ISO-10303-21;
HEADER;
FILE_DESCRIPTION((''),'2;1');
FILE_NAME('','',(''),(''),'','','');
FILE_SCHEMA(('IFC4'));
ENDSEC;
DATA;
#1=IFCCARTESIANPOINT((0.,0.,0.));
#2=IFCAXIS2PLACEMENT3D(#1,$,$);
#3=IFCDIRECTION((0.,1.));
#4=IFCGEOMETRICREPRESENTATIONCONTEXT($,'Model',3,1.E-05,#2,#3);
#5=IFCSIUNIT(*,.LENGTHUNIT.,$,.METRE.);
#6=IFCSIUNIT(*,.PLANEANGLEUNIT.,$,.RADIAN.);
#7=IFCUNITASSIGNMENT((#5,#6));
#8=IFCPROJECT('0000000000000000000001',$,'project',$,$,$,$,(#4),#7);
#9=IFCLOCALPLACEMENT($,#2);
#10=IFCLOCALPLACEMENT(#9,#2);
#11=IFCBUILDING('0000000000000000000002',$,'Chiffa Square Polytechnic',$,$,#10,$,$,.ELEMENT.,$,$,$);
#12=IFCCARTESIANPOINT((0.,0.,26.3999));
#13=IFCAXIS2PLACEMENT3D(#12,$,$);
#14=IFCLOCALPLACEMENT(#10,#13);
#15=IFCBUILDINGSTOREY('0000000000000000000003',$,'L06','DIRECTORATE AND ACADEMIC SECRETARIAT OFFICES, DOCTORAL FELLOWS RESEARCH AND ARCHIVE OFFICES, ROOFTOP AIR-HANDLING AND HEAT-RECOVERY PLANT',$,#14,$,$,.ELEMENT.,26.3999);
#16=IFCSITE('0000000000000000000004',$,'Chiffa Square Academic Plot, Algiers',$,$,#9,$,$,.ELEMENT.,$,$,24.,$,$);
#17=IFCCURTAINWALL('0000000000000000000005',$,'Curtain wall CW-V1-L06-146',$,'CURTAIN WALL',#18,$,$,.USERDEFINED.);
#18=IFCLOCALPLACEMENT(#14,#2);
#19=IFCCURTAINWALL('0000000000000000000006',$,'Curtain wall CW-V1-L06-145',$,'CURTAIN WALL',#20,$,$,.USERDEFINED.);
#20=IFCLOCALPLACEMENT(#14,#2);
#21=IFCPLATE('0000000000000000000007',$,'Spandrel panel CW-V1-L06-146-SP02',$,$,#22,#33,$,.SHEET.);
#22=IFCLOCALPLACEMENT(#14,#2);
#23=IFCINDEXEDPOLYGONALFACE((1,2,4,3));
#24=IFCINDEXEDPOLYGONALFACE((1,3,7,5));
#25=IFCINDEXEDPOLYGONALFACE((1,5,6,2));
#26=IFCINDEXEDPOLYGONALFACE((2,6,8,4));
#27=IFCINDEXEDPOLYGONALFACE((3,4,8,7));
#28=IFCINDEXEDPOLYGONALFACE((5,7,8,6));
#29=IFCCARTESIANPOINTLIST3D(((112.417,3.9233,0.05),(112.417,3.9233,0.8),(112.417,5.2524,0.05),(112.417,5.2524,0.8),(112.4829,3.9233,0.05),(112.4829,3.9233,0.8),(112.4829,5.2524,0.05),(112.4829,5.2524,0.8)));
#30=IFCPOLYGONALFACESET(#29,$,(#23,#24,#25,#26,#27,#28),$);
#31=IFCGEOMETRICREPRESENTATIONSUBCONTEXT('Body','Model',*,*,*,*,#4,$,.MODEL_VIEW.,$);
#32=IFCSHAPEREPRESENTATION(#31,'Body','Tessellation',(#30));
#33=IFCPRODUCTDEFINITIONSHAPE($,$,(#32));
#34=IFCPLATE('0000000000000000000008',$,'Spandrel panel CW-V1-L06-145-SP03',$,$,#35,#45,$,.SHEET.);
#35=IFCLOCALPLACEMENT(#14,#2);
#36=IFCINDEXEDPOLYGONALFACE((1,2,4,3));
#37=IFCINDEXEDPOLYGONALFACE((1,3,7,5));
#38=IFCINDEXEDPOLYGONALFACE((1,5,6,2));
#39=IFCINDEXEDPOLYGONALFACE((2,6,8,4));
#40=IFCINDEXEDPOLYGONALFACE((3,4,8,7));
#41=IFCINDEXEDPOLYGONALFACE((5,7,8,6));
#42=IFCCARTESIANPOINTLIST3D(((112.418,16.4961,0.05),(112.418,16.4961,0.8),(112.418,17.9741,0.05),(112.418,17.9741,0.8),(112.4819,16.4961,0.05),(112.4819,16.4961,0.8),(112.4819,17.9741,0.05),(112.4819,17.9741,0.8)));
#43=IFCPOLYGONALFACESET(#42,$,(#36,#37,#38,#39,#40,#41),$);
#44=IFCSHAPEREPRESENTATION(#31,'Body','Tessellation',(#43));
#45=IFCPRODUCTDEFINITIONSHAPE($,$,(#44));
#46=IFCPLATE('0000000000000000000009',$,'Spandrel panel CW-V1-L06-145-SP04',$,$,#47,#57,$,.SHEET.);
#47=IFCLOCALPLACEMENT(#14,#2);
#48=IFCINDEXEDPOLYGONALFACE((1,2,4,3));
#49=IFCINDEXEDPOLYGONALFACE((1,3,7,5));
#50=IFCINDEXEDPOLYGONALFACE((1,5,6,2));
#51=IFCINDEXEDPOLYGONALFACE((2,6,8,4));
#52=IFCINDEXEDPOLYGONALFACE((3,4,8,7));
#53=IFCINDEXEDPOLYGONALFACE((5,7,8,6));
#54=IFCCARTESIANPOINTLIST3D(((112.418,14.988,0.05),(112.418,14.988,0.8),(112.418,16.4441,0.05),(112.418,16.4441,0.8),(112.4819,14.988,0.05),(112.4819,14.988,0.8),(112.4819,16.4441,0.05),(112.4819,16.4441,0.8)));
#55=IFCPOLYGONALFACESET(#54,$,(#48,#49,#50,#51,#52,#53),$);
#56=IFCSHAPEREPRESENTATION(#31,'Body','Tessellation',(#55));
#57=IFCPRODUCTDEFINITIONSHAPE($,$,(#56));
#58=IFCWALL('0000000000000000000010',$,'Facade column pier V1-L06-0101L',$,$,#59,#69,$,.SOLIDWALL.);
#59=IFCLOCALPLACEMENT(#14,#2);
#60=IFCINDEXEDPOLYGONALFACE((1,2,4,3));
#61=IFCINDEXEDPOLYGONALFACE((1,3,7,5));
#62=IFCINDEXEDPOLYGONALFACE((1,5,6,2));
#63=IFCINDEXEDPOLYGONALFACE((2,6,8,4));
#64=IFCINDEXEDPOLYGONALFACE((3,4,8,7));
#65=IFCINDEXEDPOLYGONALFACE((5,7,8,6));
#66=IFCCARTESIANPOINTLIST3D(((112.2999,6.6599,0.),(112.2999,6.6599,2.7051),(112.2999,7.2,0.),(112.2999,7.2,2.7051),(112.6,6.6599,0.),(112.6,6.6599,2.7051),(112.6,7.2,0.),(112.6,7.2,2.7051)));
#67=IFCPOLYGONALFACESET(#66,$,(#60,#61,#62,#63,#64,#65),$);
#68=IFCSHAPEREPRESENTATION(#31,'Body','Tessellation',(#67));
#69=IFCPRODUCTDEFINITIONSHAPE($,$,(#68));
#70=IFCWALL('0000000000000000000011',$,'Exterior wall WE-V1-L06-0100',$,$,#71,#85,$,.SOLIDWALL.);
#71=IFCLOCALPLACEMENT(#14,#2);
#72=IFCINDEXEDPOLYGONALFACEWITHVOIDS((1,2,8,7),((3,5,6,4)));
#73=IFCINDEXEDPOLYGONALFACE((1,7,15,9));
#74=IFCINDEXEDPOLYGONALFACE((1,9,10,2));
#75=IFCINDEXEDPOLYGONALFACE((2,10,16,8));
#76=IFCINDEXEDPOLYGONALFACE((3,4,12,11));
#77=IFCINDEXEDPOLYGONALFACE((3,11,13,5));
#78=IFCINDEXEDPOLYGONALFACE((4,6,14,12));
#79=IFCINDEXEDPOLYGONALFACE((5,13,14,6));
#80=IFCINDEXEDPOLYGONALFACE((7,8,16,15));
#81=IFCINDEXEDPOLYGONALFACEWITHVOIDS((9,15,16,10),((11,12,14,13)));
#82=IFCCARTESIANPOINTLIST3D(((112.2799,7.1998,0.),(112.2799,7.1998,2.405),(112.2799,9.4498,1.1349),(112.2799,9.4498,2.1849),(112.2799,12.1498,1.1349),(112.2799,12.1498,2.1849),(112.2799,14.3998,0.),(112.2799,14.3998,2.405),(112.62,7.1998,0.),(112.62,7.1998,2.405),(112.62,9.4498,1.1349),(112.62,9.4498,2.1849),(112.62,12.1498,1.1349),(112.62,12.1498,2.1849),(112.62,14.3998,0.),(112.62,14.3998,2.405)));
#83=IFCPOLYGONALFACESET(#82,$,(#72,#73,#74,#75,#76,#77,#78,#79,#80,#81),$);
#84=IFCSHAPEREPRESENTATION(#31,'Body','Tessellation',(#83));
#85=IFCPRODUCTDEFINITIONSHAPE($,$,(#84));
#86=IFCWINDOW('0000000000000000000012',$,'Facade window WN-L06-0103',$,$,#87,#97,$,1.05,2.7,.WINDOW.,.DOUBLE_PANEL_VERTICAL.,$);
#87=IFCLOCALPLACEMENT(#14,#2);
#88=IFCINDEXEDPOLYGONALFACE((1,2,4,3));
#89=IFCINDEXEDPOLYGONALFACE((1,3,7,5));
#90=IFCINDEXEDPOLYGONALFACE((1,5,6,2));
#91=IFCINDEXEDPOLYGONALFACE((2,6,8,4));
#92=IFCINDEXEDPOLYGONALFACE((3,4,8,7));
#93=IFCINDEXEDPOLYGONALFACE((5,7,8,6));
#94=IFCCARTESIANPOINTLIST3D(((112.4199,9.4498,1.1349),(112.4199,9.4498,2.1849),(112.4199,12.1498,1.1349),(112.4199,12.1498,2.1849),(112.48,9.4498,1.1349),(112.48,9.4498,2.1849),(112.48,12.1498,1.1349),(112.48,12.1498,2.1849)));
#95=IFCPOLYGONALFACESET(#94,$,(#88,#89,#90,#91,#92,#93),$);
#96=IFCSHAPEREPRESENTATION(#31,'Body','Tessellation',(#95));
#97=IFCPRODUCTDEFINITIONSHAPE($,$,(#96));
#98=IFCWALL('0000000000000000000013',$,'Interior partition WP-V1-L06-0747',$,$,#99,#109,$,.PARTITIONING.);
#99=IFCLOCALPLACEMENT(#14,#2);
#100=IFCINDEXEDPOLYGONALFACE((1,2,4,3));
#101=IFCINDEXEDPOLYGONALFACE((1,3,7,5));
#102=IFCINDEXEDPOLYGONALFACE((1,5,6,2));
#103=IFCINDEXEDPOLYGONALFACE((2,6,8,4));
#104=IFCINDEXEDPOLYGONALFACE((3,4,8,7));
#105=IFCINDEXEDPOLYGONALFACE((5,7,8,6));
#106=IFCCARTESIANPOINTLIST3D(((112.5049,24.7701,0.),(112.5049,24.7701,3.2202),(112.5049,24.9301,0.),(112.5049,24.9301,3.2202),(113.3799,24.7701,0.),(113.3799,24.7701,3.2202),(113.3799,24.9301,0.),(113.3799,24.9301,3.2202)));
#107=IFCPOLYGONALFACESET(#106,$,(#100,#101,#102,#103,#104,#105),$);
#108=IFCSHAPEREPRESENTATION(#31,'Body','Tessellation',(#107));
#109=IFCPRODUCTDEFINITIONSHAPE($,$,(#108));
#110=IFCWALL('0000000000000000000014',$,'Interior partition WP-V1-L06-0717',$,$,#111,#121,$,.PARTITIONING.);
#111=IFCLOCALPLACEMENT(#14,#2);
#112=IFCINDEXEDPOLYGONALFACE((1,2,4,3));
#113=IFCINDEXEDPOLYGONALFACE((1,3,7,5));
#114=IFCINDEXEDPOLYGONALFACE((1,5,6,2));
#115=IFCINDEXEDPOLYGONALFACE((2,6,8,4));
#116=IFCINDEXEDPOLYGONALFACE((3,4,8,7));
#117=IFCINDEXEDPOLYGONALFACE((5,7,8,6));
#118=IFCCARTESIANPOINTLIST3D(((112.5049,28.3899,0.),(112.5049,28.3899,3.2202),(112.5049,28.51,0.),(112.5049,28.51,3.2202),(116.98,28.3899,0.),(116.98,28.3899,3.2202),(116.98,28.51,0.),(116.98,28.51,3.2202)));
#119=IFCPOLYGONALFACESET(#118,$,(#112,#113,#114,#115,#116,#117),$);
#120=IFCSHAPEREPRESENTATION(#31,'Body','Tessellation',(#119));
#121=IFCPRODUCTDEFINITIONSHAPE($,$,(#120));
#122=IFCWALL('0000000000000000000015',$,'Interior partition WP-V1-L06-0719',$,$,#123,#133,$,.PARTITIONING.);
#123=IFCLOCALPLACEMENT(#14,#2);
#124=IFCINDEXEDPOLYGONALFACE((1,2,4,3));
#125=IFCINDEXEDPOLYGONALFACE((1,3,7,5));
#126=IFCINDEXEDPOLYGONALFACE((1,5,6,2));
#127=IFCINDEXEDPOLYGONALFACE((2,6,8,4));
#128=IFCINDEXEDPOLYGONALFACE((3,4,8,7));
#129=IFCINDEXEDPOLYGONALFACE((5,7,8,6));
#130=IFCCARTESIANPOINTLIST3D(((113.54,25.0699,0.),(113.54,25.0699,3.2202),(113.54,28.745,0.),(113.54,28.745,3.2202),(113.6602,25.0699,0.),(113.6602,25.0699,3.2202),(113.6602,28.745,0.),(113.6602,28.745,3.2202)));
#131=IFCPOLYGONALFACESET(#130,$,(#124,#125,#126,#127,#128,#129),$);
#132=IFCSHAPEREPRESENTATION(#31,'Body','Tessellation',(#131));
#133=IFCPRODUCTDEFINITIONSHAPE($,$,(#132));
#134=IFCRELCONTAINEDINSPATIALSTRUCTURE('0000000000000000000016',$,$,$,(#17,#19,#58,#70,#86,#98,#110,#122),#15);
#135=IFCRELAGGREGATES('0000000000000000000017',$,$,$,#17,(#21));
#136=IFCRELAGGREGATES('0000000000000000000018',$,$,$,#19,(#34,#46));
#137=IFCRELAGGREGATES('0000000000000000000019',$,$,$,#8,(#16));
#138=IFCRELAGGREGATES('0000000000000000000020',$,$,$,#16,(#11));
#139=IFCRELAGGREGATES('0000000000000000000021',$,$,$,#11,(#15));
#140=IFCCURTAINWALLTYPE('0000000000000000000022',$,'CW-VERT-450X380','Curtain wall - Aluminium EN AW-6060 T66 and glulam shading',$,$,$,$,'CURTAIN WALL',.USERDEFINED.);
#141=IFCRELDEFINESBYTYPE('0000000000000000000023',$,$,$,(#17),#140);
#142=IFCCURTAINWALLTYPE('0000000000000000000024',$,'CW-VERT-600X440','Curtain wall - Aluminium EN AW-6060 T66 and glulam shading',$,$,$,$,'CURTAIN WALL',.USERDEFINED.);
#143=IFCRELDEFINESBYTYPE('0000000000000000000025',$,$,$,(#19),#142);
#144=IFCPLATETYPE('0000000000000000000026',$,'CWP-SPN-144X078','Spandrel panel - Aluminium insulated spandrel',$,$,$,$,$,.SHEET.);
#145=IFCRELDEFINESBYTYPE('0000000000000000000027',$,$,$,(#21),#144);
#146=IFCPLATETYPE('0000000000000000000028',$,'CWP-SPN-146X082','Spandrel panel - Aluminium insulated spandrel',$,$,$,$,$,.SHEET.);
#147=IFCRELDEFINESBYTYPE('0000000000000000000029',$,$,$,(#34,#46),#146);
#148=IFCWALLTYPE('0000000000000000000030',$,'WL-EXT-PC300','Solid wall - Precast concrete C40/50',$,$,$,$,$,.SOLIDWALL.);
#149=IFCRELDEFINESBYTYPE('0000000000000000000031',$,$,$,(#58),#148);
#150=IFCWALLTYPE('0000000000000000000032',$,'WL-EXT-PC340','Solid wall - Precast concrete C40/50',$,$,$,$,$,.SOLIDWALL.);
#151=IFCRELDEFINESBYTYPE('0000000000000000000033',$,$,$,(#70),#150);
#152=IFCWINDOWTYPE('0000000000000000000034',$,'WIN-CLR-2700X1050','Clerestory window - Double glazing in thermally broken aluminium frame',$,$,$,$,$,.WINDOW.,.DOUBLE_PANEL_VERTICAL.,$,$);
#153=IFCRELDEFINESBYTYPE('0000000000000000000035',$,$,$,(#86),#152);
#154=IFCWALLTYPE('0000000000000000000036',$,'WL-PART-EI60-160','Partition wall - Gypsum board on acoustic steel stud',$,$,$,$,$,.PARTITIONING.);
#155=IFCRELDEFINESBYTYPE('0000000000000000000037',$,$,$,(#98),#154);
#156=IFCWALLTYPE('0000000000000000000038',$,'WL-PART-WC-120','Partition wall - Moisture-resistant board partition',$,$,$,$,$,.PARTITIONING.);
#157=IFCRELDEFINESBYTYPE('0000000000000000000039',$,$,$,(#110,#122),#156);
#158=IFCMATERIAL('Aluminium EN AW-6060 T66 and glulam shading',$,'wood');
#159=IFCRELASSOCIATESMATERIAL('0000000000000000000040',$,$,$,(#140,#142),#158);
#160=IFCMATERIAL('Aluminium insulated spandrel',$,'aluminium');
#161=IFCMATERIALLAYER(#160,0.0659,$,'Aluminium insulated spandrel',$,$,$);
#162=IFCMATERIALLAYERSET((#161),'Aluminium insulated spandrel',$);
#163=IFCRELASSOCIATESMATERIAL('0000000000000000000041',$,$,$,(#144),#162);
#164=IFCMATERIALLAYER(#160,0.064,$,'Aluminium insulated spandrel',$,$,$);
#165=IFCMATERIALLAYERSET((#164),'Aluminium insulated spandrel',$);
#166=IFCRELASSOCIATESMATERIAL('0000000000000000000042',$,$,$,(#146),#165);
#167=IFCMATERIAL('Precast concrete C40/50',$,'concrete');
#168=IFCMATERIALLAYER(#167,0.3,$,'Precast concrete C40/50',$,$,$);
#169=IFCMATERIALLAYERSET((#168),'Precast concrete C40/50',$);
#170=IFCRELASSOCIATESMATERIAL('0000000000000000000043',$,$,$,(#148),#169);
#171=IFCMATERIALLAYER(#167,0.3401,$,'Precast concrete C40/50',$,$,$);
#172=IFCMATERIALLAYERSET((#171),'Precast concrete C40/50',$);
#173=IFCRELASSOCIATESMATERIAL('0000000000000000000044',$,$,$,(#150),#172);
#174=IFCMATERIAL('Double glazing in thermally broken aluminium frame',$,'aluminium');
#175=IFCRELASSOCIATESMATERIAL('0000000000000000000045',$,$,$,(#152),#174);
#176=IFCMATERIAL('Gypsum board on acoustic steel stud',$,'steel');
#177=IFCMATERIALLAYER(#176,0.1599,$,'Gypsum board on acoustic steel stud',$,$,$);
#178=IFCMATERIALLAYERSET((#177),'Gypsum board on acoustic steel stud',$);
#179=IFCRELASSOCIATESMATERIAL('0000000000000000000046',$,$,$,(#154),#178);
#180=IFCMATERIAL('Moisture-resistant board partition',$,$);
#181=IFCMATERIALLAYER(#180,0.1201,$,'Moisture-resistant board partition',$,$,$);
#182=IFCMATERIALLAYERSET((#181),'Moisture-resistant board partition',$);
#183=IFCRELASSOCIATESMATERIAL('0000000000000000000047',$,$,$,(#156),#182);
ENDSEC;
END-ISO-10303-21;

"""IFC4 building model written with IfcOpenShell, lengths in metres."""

from ifc_helpers import new_model, si_unit, direction, frame, frame_2d, origin, origin_2d, place, context, subcontext, project, spatial, rectangle, extrude, material, layer, layer_set, type_object, element, fill, aggregate, save


model = new_model("IFC4")

# Units and contexts
model_context = context("Model", 3, precision=1e-05, world=origin(), true_north=direction((0.0, 1.0)))
body_context = subcontext(model_context, "Body", "Model", "MODEL_VIEW")
ifc_project = project(units=[si_unit("LENGTHUNIT", "METRE"), si_unit("PLANEANGLEUNIT", "RADIAN")], contexts=[model_context])

# Site, building, storey
site_placement = place(None, origin())
site = spatial("IfcSite", under=ifc_project, at=site_placement, Name="Chiffa Square Academic Plot, Algiers", CompositionType="ELEMENT", RefElevation=24.0)
building_placement = place(site_placement, origin())
building = spatial("IfcBuilding", under=site, at=building_placement, Name="Chiffa Square Polytechnic", CompositionType="ELEMENT")
storey_placement = place(building_placement, frame((0.0, 0.0, 26.3999)))
storey = spatial("IfcBuildingStorey", under=building, at=storey_placement, Name="L06", Description="DIRECTORATE AND ACADEMIC SECRETARIAT OFFICES, DOCTORAL FELLOWS RESEARCH AND ARCHIVE OFFICES, ROOFTOP AIR-HANDLING AND HEAT-RECOVERY PLANT", CompositionType="ELEMENT", Elevation=26.3999)

# Curtain wall
ifc_material_1 = material(Name="Aluminium EN AW-6060 T66 and glulam shading", Category="wood")
curtain_wall_type_1 = type_object("IfcCurtainWallType", Name="CW-VERT-450X380", Description="Curtain wall - Aluminium EN AW-6060 T66 and glulam shading", ElementType="CURTAIN WALL", PredefinedType="USERDEFINED", material=ifc_material_1)
curtain_wall_1_placement = place(storey_placement, origin())
curtain_wall_1 = element("IfcCurtainWall", 1, at=curtain_wall_1_placement, inside=storey, type_object=curtain_wall_type_1, Name="Curtain wall CW-V1-L06-146", ObjectType="CURTAIN WALL", PredefinedType="USERDEFINED")

# Curtain wall
curtain_wall_type_2 = type_object("IfcCurtainWallType", Name="CW-VERT-600X440", Description="Curtain wall - Aluminium EN AW-6060 T66 and glulam shading", ElementType="CURTAIN WALL", PredefinedType="USERDEFINED", material=ifc_material_1)
curtain_wall_2_placement = place(storey_placement, origin())
curtain_wall_2 = element("IfcCurtainWall", 2, at=curtain_wall_2_placement, inside=storey, type_object=curtain_wall_type_2, Name="Curtain wall CW-V1-L06-145", ObjectType="CURTAIN WALL", PredefinedType="USERDEFINED")

# Plates
ifc_material_2 = material(Name="Aluminium insulated spandrel", Category="aluminium")
ifc_layer_1 = layer(ifc_material_2, 0.0659, Name="Aluminium insulated spandrel")
ifc_layer_set_1 = layer_set([ifc_layer_1], Name="Aluminium insulated spandrel")
plate_type_1 = type_object("IfcPlateType", Name="CWP-SPN-144X078", Description="Spandrel panel - Aluminium insulated spandrel", PredefinedType="SHEET", material=ifc_layer_set_1)
plate_1_placement = place(storey_placement, frame((112.45, 4.5879, 0.05), z_axis=(0.0, 0.0, 1.0), x_axis=(0.0, -1.0, 0.0)))
plate_1 = element("IfcPlate", 3, at=plate_1_placement, type_object=plate_type_1, Name="Spandrel panel CW-V1-L06-146-SP02", PredefinedType="SHEET", context=body_context, shape_type="SweptSolid", body=[
    extrude(rectangle(XDim=1.3291, YDim=0.0659, at=origin_2d()), origin(), (0.0, 0.0, 1.0), 0.75),
])
aggregate(curtain_wall_1, [plate_1])
ifc_layer_2 = layer(ifc_material_2, 0.064, Name="Aluminium insulated spandrel")
ifc_layer_set_2 = layer_set([ifc_layer_2], Name="Aluminium insulated spandrel")
plate_type_2 = type_object("IfcPlateType", Name="CWP-SPN-146X082", Description="Spandrel panel - Aluminium insulated spandrel", PredefinedType="SHEET", material=ifc_layer_set_2)
plate_2_placement = place(storey_placement, frame((112.45, 17.2351, 0.05), z_axis=(0.0, 0.0, 1.0), x_axis=(0.0, -1.0, 0.0)))
plate_2 = element("IfcPlate", 4, at=plate_2_placement, type_object=plate_type_2, Name="Spandrel panel CW-V1-L06-145-SP03", PredefinedType="SHEET", context=body_context, shape_type="SweptSolid", body=[
    extrude(rectangle(XDim=1.478, YDim=0.064, at=origin_2d()), origin(), (0.0, 0.0, 1.0), 0.75),
])
plate_3_placement = place(storey_placement, frame((112.45, 15.7161, 0.05), z_axis=(0.0, 0.0, 1.0), x_axis=(0.0, -1.0, 0.0)))
plate_3 = element("IfcPlate", 5, at=plate_3_placement, type_object=plate_type_2, Name="Spandrel panel CW-V1-L06-145-SP04", PredefinedType="SHEET", context=body_context, shape_type="SweptSolid", body=[
    extrude(rectangle(XDim=1.4561, YDim=0.064, at=origin_2d()), origin(), (0.0, 0.0, 1.0), 0.75),
])
aggregate(curtain_wall_2, [plate_2, plate_3])

# Wall
ifc_material_3 = material(Name="Precast concrete C40/50", Category="concrete")
ifc_layer_3 = layer(ifc_material_3, 0.3, Name="Precast concrete C40/50")
ifc_layer_set_3 = layer_set([ifc_layer_3], Name="Precast concrete C40/50")
wall_type_1 = type_object("IfcWallType", Name="WL-EXT-PC300", Description="Solid wall - Precast concrete C40/50", PredefinedType="SOLIDWALL", material=ifc_layer_set_3)
wall_1_placement = place(storey_placement, frame((112.45, 7.2, 0.0), z_axis=(0.0, 0.0, 1.0), x_axis=(0.0, -1.0, 0.0)))
element("IfcWall", 6, at=wall_1_placement, inside=storey, type_object=wall_type_1, Name="Facade column pier V1-L06-0101L", PredefinedType="SOLIDWALL", context=body_context, shape_type="SweptSolid", body=[
    extrude(rectangle(XDim=0.54, YDim=0.3, at=frame_2d((0.27, 0.0))), origin(), (0.0, 0.0, 1.0), 2.7051),
])

# Wall, opening, window
ifc_layer_4 = layer(ifc_material_3, 0.3401, Name="Precast concrete C40/50")
ifc_layer_set_4 = layer_set([ifc_layer_4], Name="Precast concrete C40/50")
wall_type_2 = type_object("IfcWallType", Name="WL-EXT-PC340", Description="Solid wall - Precast concrete C40/50", PredefinedType="SOLIDWALL", material=ifc_layer_set_4)
wall_2_placement = place(storey_placement, frame((112.45, 14.3999, 0.0), z_axis=(0.0, 0.0, 1.0), x_axis=(0.0, -1.0, 0.0)))
wall_2 = element("IfcWall", 7, at=wall_2_placement, inside=storey, type_object=wall_type_2, Name="Exterior wall WE-V1-L06-0100", PredefinedType="SOLIDWALL", context=body_context, shape_type="SweptSolid", body=[
    extrude(rectangle(XDim=7.2, YDim=0.3401, at=frame_2d((3.6001, 0.0))), origin(), (0.0, 0.0, 1.0), 2.405),
])
opening_1_placement = place(wall_2_placement, frame((2.25, 0.0, 1.135)))
opening_1 = element("IfcOpeningElement", 8, at=opening_1_placement, cuts=wall_2, PredefinedType="OPENING", context=body_context, shape_type="SweptSolid", body=[
    extrude(rectangle(XDim=2.7, YDim=1.05, at=frame_2d((1.3501, 0.5249))), frame((0.0, 0.1802, 0.0), z_axis=(0.0, -1.0, 0.0), x_axis=(1.0, 0.0, 0.0)), (0.0, 0.0, 1.0), 0.3601),
])
ifc_material_4 = material(Name="Double glazing in thermally broken aluminium frame", Category="aluminium")
window_type = type_object("IfcWindowType", Name="WIN-CLR-2700X1050", Description="Clerestory window - Double glazing in thermally broken aluminium frame", PartitioningType="DOUBLE_PANEL_VERTICAL", PredefinedType="WINDOW", material=ifc_material_4)
window_placement = place(opening_1_placement, origin())
window = element("IfcWindow", 9, at=window_placement, inside=storey, type_object=window_type, Name="Facade window WN-L06-0103", OverallHeight=1.05, OverallWidth=2.7, PartitioningType="DOUBLE_PANEL_VERTICAL", PredefinedType="WINDOW", context=body_context, shape_type="SweptSolid", body=[
    extrude(rectangle(XDim=2.7, YDim=1.05, at=frame_2d((1.3501, 0.5249))), frame((0.0, 0.03, 0.0), z_axis=(0.0, -1.0, 0.0), x_axis=(1.0, 0.0, 0.0)), (0.0, 0.0, 1.0), 0.0601),
])
fill(opening_1, window)

# Shared definitions
ifc_material_5 = material(Name="Gypsum board on acoustic steel stud", Category="steel")
ifc_layer_5 = layer(ifc_material_5, 0.1599, Name="Gypsum board on acoustic steel stud")
ifc_layer_set_5 = layer_set([ifc_layer_5], Name="Gypsum board on acoustic steel stud")
wall_type_3 = type_object("IfcWallType", Name="WL-PART-EI60-160", Description="Partition wall - Gypsum board on acoustic steel stud", PredefinedType="PARTITIONING", material=ifc_layer_set_5)

# Walls
wall_3_placement = place(storey_placement, frame((112.5049, 24.8501, 0.0), z_axis=(0.0, 0.0, 1.0), x_axis=(1.0, 0.0, 0.0)))
element("IfcWall", 10, at=wall_3_placement, inside=storey, type_object=wall_type_3, Name="Interior partition WP-V1-L06-0747", PredefinedType="PARTITIONING", context=body_context, shape_type="SweptSolid", body=[
    extrude(rectangle(XDim=0.875, YDim=0.1599, at=frame_2d((0.4375, 0.0))), origin(), (0.0, 0.0, 1.0), 3.2202),
])
ifc_material_6 = material(Name="Moisture-resistant board partition")
ifc_layer_6 = layer(ifc_material_6, 0.1201, Name="Moisture-resistant board partition")
ifc_layer_set_6 = layer_set([ifc_layer_6], Name="Moisture-resistant board partition")
wall_type_4 = type_object("IfcWallType", Name="WL-PART-WC-120", Description="Partition wall - Moisture-resistant board partition", PredefinedType="PARTITIONING", material=ifc_layer_set_6)
wall_4_placement = place(storey_placement, frame((112.5049, 28.45, 0.0), z_axis=(0.0, 0.0, 1.0), x_axis=(1.0, 0.0, 0.0)))
element("IfcWall", 11, at=wall_4_placement, inside=storey, type_object=wall_type_4, Name="Interior partition WP-V1-L06-0717", PredefinedType="PARTITIONING", context=body_context, shape_type="SweptSolid", body=[
    extrude(rectangle(XDim=4.4751, YDim=0.1201, at=frame_2d((2.2375, 0.0))), origin(), (0.0, 0.0, 1.0), 3.2202),
])

# Wall
wall_5_placement = place(storey_placement, frame((113.6001, 25.0701, 0.0), z_axis=(0.0, 0.0, 1.0), x_axis=(0.0, 1.0, 0.0)))
element("IfcWall", 12, at=wall_5_placement, inside=storey, type_object=wall_type_4, Name="Interior partition WP-V1-L06-0719", PredefinedType="PARTITIONING", context=body_context, shape_type="SweptSolid", body=[
    extrude(rectangle(XDim=3.675, YDim=0.1201, at=frame_2d((1.8374, 0.0))), origin(), (0.0, 0.0, 1.0), 3.2202),
])

save(model, "model.ifc")
